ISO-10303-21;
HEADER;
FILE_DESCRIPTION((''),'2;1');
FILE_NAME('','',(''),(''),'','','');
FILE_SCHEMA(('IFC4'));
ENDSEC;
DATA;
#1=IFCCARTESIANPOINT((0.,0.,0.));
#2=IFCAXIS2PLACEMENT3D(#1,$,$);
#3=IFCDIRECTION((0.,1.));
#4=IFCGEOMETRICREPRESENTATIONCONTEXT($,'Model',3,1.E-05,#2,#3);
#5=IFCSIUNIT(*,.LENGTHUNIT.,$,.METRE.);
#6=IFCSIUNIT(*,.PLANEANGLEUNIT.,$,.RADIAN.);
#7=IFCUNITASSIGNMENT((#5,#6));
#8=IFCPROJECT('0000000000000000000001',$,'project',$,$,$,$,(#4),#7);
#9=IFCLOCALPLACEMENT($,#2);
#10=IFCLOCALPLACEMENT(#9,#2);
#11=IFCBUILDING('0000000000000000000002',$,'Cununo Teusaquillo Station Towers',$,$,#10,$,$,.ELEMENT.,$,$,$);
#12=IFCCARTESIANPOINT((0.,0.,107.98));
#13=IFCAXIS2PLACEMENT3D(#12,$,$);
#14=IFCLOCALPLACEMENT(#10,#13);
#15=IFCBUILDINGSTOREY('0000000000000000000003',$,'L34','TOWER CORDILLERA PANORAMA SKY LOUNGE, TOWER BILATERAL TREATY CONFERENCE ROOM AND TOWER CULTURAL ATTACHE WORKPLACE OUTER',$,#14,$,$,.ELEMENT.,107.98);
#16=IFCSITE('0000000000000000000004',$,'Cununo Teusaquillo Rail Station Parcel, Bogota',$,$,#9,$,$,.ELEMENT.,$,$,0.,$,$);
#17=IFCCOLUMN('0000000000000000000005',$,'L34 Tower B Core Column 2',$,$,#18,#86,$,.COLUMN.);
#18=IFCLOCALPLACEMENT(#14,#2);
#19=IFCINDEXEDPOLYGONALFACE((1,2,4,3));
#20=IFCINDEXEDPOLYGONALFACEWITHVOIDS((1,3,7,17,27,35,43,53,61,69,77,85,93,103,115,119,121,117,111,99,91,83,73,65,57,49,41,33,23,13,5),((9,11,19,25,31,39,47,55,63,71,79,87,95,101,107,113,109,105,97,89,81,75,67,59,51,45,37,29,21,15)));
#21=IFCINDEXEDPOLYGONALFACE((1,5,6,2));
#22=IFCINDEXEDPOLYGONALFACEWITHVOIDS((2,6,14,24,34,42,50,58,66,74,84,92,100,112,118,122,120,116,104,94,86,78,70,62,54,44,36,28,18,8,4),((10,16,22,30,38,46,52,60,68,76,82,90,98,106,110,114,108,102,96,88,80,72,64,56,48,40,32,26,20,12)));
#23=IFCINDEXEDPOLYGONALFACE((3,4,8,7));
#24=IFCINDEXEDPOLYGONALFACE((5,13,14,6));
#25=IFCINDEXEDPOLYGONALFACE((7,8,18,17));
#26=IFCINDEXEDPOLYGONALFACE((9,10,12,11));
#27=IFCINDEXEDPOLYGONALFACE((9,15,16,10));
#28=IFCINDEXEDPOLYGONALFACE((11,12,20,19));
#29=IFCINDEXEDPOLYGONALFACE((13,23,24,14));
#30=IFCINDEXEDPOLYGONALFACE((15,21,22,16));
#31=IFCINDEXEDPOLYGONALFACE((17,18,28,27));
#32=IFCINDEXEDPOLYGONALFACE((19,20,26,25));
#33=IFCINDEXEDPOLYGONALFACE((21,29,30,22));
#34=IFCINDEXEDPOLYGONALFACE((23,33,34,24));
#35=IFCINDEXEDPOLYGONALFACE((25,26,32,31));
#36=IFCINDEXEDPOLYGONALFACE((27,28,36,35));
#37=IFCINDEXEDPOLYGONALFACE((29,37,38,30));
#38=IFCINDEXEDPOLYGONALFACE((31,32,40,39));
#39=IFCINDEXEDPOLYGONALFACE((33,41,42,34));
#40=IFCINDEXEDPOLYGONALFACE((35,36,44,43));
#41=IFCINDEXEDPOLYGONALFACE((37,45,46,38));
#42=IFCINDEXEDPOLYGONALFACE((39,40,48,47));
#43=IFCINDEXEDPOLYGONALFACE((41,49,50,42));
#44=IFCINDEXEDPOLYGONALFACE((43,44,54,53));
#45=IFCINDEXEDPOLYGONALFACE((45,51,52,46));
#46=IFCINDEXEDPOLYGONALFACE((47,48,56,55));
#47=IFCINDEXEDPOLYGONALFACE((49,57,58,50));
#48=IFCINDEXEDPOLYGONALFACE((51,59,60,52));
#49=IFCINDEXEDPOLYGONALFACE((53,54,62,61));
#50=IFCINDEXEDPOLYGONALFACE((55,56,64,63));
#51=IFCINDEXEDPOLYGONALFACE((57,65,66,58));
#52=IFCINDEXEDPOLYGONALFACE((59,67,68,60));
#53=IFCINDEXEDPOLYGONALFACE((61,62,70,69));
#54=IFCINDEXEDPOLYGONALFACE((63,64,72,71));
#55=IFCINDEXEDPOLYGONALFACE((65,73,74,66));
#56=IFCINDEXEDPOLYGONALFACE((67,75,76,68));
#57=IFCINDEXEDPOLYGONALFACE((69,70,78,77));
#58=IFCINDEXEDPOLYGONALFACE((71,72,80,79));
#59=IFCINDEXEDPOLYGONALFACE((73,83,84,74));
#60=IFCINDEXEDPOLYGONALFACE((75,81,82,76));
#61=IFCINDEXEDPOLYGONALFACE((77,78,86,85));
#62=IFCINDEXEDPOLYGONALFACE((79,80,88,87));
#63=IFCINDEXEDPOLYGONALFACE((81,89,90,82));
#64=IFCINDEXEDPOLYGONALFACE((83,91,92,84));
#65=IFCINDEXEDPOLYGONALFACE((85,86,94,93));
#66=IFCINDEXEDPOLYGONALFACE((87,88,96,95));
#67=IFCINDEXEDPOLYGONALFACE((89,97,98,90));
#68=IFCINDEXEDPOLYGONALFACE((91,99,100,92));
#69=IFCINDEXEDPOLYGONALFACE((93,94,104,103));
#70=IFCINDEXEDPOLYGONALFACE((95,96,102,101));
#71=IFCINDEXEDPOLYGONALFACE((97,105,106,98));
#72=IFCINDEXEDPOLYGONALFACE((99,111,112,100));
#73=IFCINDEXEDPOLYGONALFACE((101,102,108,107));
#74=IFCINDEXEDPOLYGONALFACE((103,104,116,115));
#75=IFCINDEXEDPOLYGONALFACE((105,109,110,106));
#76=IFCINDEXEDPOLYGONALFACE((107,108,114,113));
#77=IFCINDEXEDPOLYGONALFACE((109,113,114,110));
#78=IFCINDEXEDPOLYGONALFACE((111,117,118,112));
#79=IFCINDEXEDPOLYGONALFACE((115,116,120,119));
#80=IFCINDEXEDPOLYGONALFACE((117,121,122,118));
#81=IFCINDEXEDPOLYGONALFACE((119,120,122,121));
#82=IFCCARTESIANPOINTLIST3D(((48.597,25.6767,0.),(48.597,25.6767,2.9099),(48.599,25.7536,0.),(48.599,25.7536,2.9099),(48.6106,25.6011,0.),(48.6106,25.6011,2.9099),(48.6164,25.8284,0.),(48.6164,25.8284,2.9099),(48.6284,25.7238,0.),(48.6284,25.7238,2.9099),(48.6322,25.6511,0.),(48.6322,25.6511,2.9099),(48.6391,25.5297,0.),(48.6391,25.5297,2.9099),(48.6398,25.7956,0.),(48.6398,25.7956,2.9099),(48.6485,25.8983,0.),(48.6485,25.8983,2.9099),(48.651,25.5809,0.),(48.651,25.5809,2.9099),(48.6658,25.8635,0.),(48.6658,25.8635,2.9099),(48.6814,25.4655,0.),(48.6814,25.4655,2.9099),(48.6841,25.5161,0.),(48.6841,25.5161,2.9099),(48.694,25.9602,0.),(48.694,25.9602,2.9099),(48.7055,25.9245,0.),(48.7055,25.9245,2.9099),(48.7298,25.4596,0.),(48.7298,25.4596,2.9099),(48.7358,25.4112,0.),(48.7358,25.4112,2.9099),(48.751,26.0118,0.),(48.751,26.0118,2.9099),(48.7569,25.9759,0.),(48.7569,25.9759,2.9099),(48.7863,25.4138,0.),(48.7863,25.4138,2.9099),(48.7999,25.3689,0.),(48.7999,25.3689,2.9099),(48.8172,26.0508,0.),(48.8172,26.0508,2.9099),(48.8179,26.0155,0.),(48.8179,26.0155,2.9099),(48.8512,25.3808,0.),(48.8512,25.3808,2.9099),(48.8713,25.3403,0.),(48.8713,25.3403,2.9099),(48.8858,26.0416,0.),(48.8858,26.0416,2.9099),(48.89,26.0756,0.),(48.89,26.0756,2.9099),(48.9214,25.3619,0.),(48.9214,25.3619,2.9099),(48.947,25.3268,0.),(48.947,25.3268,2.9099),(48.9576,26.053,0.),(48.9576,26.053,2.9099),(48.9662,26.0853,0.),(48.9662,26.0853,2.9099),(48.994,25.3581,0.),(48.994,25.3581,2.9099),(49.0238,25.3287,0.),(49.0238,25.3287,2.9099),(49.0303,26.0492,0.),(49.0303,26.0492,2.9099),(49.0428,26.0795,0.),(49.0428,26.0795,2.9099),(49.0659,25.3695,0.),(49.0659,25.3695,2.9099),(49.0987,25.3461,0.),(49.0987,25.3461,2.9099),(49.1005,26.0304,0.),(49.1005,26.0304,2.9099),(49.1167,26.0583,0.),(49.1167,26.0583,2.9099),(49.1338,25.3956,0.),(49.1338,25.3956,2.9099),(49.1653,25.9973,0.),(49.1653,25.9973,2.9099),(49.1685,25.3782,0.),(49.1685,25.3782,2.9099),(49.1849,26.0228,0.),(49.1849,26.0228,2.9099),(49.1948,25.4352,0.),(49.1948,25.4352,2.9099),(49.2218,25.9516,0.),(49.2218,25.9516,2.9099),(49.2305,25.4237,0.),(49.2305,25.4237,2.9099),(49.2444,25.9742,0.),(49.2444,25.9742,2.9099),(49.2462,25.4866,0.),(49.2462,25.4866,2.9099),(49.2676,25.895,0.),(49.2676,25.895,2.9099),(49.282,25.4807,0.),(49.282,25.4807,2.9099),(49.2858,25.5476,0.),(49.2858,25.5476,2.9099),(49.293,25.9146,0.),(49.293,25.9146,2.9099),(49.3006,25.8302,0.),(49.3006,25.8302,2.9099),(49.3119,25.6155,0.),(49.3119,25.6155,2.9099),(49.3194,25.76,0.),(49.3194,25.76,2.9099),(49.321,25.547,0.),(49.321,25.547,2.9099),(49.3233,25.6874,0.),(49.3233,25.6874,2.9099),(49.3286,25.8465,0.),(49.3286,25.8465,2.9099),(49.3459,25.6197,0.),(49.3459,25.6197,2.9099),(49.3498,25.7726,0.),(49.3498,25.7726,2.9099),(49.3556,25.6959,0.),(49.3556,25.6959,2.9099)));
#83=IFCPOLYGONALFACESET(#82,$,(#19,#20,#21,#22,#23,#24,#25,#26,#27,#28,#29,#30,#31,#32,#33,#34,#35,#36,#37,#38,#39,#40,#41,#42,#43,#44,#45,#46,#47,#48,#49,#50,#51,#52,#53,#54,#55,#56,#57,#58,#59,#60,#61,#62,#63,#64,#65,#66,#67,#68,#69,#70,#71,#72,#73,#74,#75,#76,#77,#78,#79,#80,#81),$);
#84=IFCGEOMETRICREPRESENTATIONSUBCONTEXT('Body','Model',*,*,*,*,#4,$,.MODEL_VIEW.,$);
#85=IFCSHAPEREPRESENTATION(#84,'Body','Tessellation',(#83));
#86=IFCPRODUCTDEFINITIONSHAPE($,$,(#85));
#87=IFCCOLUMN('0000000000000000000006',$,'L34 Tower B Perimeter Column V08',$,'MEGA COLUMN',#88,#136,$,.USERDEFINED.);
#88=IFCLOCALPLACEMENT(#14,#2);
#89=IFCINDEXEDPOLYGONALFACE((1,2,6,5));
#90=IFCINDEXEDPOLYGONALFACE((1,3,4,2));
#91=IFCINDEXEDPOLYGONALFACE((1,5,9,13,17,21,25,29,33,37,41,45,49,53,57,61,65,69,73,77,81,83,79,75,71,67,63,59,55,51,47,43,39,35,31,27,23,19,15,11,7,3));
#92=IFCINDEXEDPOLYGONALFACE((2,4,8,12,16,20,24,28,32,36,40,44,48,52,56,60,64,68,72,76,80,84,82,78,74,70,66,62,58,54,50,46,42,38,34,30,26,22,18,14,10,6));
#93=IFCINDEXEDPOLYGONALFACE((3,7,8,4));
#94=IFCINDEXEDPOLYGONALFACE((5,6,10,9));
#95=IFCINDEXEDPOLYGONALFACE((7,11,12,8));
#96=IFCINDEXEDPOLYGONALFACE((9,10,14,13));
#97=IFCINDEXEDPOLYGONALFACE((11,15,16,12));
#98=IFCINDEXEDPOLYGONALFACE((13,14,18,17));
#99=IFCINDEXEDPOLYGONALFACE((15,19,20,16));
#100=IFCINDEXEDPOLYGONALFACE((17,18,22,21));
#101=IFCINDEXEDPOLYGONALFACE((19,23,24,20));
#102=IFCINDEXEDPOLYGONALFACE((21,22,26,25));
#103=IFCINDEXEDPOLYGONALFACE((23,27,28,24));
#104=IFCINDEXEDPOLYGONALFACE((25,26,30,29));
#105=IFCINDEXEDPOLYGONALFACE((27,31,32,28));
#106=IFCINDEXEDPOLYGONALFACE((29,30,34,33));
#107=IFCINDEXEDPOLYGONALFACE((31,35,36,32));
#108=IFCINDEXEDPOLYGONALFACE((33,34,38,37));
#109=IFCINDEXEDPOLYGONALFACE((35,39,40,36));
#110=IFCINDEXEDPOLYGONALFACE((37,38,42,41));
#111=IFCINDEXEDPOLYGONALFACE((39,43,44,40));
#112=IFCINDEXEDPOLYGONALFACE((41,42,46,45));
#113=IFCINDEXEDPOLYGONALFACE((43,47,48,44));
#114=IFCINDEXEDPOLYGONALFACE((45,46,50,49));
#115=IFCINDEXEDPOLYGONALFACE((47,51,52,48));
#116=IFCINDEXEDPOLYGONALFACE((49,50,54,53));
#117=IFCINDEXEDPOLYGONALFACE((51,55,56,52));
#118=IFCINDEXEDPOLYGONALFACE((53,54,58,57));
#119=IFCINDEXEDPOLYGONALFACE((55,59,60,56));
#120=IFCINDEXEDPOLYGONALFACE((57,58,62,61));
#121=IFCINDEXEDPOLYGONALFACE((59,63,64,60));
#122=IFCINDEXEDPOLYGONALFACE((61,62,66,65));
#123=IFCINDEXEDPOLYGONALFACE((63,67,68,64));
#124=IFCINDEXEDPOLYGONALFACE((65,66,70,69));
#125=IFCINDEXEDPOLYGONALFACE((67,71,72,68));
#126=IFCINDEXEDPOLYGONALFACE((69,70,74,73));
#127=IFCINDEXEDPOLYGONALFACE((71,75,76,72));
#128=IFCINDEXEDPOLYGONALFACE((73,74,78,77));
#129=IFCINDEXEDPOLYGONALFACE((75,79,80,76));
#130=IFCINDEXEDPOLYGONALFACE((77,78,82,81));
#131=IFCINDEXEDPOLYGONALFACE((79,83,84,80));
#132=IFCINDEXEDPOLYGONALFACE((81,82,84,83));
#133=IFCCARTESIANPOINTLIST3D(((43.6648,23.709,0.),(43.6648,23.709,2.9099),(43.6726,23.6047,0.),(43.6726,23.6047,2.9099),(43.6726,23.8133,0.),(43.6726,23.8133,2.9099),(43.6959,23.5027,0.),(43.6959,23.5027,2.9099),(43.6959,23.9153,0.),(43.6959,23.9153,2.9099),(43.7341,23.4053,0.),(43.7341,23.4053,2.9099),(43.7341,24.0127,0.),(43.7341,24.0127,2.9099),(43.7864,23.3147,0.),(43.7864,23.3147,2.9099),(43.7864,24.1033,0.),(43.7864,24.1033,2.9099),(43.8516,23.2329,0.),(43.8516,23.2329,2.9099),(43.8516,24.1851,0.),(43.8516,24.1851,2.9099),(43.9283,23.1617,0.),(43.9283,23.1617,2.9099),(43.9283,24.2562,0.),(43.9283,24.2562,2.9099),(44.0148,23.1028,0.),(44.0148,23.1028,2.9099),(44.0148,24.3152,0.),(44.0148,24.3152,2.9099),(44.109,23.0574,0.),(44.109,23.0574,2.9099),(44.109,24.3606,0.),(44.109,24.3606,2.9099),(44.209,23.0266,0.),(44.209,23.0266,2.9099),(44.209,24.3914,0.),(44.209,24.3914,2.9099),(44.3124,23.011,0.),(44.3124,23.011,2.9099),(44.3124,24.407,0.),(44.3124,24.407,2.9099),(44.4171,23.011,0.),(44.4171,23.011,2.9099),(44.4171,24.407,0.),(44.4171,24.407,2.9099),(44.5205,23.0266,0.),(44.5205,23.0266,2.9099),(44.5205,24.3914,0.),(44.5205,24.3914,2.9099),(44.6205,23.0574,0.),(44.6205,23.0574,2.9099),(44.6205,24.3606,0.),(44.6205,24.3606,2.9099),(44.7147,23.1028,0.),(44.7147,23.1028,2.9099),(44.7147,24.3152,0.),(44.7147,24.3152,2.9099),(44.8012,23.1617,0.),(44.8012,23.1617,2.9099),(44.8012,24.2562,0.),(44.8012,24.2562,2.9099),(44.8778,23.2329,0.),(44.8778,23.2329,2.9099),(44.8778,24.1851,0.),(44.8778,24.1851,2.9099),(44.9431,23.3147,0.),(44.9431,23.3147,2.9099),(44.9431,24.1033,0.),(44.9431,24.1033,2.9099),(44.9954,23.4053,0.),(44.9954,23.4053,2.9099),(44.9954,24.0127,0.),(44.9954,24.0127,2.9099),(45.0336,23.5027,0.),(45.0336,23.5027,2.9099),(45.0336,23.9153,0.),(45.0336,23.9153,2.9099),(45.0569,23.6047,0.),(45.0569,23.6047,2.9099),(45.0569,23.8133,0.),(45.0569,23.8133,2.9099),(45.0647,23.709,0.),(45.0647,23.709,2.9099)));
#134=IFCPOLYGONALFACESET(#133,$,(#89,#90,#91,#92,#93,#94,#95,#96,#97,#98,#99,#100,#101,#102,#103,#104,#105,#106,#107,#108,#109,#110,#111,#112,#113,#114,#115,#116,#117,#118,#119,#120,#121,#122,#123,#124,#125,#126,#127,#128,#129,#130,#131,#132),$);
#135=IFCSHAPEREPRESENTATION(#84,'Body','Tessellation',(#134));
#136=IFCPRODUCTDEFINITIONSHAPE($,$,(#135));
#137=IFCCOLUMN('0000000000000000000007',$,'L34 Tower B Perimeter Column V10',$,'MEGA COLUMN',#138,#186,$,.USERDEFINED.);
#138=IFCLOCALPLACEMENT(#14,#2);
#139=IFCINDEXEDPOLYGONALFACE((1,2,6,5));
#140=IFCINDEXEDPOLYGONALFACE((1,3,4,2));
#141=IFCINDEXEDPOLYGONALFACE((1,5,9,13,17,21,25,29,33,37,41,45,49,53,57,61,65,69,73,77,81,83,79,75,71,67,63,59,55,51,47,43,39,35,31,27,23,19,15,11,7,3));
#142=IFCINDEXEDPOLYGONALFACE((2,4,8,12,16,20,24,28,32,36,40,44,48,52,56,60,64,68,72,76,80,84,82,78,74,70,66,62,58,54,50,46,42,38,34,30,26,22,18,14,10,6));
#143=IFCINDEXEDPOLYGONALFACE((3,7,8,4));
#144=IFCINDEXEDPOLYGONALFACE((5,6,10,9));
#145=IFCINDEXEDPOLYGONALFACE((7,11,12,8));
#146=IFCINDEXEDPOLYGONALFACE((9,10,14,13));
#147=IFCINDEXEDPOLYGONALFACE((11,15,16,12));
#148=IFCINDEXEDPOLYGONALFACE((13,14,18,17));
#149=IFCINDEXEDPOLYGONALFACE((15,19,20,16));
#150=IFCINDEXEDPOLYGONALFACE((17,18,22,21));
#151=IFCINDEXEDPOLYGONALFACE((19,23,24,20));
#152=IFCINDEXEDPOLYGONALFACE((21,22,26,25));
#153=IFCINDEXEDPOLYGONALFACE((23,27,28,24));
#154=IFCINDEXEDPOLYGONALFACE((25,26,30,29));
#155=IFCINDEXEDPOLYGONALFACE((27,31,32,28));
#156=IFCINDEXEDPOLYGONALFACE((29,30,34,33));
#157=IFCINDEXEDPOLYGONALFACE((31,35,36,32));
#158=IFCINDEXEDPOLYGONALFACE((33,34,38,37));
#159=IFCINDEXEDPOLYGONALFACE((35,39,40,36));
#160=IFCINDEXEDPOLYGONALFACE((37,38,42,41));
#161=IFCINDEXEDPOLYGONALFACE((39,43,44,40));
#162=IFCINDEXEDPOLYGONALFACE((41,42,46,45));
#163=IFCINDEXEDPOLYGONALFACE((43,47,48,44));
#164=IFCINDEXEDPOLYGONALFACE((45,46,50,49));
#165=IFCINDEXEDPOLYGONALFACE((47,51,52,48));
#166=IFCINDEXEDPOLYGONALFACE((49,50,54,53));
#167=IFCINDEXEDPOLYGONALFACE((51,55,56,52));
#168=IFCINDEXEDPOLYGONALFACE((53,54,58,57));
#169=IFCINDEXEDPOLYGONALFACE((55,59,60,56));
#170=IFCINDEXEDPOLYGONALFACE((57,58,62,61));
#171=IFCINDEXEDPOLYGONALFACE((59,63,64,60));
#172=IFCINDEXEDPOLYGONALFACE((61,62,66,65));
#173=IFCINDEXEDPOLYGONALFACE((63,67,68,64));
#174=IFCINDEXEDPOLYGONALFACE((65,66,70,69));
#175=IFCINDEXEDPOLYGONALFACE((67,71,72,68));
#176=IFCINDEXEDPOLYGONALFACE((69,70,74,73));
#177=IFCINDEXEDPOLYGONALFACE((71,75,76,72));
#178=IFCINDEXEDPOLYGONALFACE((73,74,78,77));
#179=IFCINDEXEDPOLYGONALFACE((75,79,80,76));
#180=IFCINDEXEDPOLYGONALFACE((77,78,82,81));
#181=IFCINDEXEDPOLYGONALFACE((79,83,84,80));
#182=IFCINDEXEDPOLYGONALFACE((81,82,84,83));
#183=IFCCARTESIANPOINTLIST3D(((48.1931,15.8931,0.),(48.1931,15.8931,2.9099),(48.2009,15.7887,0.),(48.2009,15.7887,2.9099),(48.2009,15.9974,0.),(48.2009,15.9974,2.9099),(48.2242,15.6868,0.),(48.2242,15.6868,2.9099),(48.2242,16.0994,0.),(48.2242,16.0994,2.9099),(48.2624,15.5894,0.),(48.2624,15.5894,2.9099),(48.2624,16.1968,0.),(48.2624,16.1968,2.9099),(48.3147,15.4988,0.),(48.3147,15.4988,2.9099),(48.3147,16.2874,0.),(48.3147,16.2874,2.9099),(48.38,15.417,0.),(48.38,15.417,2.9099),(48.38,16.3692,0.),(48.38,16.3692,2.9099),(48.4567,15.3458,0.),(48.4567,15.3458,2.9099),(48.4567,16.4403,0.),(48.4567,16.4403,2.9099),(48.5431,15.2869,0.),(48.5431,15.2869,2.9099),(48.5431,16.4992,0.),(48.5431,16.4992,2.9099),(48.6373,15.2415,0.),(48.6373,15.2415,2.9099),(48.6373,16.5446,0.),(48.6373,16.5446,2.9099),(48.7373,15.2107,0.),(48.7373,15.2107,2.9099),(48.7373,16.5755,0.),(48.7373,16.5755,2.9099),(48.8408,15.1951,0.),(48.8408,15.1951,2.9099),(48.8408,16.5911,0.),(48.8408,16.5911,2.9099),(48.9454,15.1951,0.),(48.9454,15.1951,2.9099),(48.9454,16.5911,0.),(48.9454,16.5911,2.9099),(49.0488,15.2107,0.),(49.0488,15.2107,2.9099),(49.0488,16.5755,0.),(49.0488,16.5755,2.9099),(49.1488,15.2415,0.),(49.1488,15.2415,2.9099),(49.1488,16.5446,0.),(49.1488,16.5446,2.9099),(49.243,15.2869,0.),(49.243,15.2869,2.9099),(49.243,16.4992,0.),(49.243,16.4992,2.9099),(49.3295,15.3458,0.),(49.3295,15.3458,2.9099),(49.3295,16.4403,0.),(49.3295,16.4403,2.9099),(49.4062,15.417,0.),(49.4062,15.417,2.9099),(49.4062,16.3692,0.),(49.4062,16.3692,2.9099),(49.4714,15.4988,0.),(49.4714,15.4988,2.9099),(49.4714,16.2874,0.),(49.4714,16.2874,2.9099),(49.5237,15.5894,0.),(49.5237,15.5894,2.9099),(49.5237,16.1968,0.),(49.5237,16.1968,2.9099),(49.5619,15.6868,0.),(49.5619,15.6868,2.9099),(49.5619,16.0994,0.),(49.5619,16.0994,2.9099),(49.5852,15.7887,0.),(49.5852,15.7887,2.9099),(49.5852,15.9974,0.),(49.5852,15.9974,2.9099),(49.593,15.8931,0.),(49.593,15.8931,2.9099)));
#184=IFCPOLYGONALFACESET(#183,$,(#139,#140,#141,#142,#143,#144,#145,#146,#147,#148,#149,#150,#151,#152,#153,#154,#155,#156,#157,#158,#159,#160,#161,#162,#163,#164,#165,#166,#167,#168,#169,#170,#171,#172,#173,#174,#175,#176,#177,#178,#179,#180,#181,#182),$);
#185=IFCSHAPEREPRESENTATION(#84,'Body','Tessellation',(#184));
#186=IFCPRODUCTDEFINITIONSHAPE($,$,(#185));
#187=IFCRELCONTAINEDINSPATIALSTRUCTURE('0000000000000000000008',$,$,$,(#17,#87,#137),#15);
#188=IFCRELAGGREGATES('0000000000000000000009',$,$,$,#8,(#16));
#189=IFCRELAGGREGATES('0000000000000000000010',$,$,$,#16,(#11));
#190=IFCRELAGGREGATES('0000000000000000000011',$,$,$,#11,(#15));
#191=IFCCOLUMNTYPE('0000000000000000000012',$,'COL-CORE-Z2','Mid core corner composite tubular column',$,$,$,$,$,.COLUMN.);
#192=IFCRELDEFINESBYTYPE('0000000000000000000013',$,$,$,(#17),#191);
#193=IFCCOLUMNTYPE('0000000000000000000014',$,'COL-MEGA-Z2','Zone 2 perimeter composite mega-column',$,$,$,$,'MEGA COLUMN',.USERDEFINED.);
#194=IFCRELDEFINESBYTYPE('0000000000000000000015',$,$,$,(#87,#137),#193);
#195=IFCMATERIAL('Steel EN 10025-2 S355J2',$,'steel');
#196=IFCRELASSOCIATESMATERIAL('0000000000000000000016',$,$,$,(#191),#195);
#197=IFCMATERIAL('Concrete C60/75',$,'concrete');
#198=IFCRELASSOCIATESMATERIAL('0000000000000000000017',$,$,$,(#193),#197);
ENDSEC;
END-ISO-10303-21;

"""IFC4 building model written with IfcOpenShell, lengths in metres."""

from ifc_helpers import new_model, si_unit, direction, frame, origin, origin_2d, place, context, subcontext, project, spatial, circle, hollow_circle, extrude, material, material_profile, profile_set, type_object, element, save


model = new_model("IFC4")

# Units and contexts
model_context = context("Model", 3, precision=1e-05, world=origin(), true_north=direction((0.0, 1.0)))
body_context = subcontext(model_context, "Body", "Model", "MODEL_VIEW")
ifc_project = project(units=[si_unit("LENGTHUNIT", "METRE"), si_unit("PLANEANGLEUNIT", "RADIAN")], contexts=[model_context])

# Site, building, storey
site_placement = place(None, origin())
site = spatial("IfcSite", under=ifc_project, at=site_placement, Name="Cununo Teusaquillo Rail Station Parcel, Bogota", CompositionType="ELEMENT", RefElevation=0.0)
building_placement = place(site_placement, origin())
building = spatial("IfcBuilding", under=site, at=building_placement, Name="Cununo Teusaquillo Station Towers", CompositionType="ELEMENT")
storey_placement = place(building_placement, frame((0.0, 0.0, 107.98)))
storey = spatial("IfcBuildingStorey", under=building, at=storey_placement, Name="L34", Description="TOWER CORDILLERA PANORAMA SKY LOUNGE, TOWER BILATERAL TREATY CONFERENCE ROOM AND TOWER CULTURAL ATTACHE WORKPLACE OUTER", CompositionType="ELEMENT", Elevation=107.98)

# Columns
ifc_material_1 = material(Name="Steel EN 10025-2 S355J2", Category="steel")
ifc_material_profile_1 = material_profile(ifc_material_1, hollow_circle(Radius=0.3799, WallThickness=0.032, at=origin_2d()), Name="CHS 760x32")
ifc_profile_set_1 = profile_set([ifc_material_profile_1], Name="Steel EN 10025-2 S355J2")
column_type_1 = type_object("IfcColumnType", Name="COL-CORE-Z2", Description="Mid core corner composite tubular column", PredefinedType="COLUMN", material=ifc_profile_set_1)
column_placement = place(storey_placement, frame((48.9758, 25.7056, 0.0), z_axis=(0.0, 0.0, 1.0), x_axis=(0.707107, 0.707107, 0.0)))
element("IfcColumn", 1, at=column_placement, inside=storey, type_object=column_type_1, Name="L34 Tower B Core Column 2", PredefinedType="COLUMN", context=body_context, shape_type="SweptSolid", body=[
    extrude(hollow_circle(Radius=0.3799, WallThickness=0.032, at=origin_2d()), origin(), (0.0, 0.0, 1.0), 2.9099),
])
ifc_material_2 = material(Name="Concrete C60/75", Category="concrete")
ifc_material_profile_2 = material_profile(ifc_material_2, circle(Radius=0.7, at=origin_2d()), Name="RC-CIRC-1400")
ifc_profile_set_2 = profile_set([ifc_material_profile_2], Name="Concrete C60/75")
column_type_2 = type_object("IfcColumnType", Name="COL-MEGA-Z2", Description="Zone 2 perimeter composite mega-column", ElementType="MEGA COLUMN", PredefinedType="USERDEFINED", material=ifc_profile_set_2)
for number, where, z_axis, x_axis, name in (
    (2, (44.3647, 23.709, 0.0), (0.0, 0.0, 1.0), (1.0, 0.0, 0.0), "L34 Tower B Perimeter Column V08"),
    (3, (48.8931, 15.8931, 0.0), (0.0, 0.0, 1.0), (1.0, 0.0, 0.0), "L34 Tower B Perimeter Column V10"),
):
    element("IfcColumn", number, at=place(storey_placement, frame(where, z_axis=z_axis, x_axis=x_axis)), inside=storey, type_object=column_type_2, Name=name, ObjectType="MEGA COLUMN", PredefinedType="USERDEFINED", context=body_context, shape_type="SweptSolid", body=[
        extrude(circle(Radius=0.7, at=origin_2d()), origin(), (0.0, 0.0, 1.0), 2.9099),
    ])

save(model, "model.ifc")
